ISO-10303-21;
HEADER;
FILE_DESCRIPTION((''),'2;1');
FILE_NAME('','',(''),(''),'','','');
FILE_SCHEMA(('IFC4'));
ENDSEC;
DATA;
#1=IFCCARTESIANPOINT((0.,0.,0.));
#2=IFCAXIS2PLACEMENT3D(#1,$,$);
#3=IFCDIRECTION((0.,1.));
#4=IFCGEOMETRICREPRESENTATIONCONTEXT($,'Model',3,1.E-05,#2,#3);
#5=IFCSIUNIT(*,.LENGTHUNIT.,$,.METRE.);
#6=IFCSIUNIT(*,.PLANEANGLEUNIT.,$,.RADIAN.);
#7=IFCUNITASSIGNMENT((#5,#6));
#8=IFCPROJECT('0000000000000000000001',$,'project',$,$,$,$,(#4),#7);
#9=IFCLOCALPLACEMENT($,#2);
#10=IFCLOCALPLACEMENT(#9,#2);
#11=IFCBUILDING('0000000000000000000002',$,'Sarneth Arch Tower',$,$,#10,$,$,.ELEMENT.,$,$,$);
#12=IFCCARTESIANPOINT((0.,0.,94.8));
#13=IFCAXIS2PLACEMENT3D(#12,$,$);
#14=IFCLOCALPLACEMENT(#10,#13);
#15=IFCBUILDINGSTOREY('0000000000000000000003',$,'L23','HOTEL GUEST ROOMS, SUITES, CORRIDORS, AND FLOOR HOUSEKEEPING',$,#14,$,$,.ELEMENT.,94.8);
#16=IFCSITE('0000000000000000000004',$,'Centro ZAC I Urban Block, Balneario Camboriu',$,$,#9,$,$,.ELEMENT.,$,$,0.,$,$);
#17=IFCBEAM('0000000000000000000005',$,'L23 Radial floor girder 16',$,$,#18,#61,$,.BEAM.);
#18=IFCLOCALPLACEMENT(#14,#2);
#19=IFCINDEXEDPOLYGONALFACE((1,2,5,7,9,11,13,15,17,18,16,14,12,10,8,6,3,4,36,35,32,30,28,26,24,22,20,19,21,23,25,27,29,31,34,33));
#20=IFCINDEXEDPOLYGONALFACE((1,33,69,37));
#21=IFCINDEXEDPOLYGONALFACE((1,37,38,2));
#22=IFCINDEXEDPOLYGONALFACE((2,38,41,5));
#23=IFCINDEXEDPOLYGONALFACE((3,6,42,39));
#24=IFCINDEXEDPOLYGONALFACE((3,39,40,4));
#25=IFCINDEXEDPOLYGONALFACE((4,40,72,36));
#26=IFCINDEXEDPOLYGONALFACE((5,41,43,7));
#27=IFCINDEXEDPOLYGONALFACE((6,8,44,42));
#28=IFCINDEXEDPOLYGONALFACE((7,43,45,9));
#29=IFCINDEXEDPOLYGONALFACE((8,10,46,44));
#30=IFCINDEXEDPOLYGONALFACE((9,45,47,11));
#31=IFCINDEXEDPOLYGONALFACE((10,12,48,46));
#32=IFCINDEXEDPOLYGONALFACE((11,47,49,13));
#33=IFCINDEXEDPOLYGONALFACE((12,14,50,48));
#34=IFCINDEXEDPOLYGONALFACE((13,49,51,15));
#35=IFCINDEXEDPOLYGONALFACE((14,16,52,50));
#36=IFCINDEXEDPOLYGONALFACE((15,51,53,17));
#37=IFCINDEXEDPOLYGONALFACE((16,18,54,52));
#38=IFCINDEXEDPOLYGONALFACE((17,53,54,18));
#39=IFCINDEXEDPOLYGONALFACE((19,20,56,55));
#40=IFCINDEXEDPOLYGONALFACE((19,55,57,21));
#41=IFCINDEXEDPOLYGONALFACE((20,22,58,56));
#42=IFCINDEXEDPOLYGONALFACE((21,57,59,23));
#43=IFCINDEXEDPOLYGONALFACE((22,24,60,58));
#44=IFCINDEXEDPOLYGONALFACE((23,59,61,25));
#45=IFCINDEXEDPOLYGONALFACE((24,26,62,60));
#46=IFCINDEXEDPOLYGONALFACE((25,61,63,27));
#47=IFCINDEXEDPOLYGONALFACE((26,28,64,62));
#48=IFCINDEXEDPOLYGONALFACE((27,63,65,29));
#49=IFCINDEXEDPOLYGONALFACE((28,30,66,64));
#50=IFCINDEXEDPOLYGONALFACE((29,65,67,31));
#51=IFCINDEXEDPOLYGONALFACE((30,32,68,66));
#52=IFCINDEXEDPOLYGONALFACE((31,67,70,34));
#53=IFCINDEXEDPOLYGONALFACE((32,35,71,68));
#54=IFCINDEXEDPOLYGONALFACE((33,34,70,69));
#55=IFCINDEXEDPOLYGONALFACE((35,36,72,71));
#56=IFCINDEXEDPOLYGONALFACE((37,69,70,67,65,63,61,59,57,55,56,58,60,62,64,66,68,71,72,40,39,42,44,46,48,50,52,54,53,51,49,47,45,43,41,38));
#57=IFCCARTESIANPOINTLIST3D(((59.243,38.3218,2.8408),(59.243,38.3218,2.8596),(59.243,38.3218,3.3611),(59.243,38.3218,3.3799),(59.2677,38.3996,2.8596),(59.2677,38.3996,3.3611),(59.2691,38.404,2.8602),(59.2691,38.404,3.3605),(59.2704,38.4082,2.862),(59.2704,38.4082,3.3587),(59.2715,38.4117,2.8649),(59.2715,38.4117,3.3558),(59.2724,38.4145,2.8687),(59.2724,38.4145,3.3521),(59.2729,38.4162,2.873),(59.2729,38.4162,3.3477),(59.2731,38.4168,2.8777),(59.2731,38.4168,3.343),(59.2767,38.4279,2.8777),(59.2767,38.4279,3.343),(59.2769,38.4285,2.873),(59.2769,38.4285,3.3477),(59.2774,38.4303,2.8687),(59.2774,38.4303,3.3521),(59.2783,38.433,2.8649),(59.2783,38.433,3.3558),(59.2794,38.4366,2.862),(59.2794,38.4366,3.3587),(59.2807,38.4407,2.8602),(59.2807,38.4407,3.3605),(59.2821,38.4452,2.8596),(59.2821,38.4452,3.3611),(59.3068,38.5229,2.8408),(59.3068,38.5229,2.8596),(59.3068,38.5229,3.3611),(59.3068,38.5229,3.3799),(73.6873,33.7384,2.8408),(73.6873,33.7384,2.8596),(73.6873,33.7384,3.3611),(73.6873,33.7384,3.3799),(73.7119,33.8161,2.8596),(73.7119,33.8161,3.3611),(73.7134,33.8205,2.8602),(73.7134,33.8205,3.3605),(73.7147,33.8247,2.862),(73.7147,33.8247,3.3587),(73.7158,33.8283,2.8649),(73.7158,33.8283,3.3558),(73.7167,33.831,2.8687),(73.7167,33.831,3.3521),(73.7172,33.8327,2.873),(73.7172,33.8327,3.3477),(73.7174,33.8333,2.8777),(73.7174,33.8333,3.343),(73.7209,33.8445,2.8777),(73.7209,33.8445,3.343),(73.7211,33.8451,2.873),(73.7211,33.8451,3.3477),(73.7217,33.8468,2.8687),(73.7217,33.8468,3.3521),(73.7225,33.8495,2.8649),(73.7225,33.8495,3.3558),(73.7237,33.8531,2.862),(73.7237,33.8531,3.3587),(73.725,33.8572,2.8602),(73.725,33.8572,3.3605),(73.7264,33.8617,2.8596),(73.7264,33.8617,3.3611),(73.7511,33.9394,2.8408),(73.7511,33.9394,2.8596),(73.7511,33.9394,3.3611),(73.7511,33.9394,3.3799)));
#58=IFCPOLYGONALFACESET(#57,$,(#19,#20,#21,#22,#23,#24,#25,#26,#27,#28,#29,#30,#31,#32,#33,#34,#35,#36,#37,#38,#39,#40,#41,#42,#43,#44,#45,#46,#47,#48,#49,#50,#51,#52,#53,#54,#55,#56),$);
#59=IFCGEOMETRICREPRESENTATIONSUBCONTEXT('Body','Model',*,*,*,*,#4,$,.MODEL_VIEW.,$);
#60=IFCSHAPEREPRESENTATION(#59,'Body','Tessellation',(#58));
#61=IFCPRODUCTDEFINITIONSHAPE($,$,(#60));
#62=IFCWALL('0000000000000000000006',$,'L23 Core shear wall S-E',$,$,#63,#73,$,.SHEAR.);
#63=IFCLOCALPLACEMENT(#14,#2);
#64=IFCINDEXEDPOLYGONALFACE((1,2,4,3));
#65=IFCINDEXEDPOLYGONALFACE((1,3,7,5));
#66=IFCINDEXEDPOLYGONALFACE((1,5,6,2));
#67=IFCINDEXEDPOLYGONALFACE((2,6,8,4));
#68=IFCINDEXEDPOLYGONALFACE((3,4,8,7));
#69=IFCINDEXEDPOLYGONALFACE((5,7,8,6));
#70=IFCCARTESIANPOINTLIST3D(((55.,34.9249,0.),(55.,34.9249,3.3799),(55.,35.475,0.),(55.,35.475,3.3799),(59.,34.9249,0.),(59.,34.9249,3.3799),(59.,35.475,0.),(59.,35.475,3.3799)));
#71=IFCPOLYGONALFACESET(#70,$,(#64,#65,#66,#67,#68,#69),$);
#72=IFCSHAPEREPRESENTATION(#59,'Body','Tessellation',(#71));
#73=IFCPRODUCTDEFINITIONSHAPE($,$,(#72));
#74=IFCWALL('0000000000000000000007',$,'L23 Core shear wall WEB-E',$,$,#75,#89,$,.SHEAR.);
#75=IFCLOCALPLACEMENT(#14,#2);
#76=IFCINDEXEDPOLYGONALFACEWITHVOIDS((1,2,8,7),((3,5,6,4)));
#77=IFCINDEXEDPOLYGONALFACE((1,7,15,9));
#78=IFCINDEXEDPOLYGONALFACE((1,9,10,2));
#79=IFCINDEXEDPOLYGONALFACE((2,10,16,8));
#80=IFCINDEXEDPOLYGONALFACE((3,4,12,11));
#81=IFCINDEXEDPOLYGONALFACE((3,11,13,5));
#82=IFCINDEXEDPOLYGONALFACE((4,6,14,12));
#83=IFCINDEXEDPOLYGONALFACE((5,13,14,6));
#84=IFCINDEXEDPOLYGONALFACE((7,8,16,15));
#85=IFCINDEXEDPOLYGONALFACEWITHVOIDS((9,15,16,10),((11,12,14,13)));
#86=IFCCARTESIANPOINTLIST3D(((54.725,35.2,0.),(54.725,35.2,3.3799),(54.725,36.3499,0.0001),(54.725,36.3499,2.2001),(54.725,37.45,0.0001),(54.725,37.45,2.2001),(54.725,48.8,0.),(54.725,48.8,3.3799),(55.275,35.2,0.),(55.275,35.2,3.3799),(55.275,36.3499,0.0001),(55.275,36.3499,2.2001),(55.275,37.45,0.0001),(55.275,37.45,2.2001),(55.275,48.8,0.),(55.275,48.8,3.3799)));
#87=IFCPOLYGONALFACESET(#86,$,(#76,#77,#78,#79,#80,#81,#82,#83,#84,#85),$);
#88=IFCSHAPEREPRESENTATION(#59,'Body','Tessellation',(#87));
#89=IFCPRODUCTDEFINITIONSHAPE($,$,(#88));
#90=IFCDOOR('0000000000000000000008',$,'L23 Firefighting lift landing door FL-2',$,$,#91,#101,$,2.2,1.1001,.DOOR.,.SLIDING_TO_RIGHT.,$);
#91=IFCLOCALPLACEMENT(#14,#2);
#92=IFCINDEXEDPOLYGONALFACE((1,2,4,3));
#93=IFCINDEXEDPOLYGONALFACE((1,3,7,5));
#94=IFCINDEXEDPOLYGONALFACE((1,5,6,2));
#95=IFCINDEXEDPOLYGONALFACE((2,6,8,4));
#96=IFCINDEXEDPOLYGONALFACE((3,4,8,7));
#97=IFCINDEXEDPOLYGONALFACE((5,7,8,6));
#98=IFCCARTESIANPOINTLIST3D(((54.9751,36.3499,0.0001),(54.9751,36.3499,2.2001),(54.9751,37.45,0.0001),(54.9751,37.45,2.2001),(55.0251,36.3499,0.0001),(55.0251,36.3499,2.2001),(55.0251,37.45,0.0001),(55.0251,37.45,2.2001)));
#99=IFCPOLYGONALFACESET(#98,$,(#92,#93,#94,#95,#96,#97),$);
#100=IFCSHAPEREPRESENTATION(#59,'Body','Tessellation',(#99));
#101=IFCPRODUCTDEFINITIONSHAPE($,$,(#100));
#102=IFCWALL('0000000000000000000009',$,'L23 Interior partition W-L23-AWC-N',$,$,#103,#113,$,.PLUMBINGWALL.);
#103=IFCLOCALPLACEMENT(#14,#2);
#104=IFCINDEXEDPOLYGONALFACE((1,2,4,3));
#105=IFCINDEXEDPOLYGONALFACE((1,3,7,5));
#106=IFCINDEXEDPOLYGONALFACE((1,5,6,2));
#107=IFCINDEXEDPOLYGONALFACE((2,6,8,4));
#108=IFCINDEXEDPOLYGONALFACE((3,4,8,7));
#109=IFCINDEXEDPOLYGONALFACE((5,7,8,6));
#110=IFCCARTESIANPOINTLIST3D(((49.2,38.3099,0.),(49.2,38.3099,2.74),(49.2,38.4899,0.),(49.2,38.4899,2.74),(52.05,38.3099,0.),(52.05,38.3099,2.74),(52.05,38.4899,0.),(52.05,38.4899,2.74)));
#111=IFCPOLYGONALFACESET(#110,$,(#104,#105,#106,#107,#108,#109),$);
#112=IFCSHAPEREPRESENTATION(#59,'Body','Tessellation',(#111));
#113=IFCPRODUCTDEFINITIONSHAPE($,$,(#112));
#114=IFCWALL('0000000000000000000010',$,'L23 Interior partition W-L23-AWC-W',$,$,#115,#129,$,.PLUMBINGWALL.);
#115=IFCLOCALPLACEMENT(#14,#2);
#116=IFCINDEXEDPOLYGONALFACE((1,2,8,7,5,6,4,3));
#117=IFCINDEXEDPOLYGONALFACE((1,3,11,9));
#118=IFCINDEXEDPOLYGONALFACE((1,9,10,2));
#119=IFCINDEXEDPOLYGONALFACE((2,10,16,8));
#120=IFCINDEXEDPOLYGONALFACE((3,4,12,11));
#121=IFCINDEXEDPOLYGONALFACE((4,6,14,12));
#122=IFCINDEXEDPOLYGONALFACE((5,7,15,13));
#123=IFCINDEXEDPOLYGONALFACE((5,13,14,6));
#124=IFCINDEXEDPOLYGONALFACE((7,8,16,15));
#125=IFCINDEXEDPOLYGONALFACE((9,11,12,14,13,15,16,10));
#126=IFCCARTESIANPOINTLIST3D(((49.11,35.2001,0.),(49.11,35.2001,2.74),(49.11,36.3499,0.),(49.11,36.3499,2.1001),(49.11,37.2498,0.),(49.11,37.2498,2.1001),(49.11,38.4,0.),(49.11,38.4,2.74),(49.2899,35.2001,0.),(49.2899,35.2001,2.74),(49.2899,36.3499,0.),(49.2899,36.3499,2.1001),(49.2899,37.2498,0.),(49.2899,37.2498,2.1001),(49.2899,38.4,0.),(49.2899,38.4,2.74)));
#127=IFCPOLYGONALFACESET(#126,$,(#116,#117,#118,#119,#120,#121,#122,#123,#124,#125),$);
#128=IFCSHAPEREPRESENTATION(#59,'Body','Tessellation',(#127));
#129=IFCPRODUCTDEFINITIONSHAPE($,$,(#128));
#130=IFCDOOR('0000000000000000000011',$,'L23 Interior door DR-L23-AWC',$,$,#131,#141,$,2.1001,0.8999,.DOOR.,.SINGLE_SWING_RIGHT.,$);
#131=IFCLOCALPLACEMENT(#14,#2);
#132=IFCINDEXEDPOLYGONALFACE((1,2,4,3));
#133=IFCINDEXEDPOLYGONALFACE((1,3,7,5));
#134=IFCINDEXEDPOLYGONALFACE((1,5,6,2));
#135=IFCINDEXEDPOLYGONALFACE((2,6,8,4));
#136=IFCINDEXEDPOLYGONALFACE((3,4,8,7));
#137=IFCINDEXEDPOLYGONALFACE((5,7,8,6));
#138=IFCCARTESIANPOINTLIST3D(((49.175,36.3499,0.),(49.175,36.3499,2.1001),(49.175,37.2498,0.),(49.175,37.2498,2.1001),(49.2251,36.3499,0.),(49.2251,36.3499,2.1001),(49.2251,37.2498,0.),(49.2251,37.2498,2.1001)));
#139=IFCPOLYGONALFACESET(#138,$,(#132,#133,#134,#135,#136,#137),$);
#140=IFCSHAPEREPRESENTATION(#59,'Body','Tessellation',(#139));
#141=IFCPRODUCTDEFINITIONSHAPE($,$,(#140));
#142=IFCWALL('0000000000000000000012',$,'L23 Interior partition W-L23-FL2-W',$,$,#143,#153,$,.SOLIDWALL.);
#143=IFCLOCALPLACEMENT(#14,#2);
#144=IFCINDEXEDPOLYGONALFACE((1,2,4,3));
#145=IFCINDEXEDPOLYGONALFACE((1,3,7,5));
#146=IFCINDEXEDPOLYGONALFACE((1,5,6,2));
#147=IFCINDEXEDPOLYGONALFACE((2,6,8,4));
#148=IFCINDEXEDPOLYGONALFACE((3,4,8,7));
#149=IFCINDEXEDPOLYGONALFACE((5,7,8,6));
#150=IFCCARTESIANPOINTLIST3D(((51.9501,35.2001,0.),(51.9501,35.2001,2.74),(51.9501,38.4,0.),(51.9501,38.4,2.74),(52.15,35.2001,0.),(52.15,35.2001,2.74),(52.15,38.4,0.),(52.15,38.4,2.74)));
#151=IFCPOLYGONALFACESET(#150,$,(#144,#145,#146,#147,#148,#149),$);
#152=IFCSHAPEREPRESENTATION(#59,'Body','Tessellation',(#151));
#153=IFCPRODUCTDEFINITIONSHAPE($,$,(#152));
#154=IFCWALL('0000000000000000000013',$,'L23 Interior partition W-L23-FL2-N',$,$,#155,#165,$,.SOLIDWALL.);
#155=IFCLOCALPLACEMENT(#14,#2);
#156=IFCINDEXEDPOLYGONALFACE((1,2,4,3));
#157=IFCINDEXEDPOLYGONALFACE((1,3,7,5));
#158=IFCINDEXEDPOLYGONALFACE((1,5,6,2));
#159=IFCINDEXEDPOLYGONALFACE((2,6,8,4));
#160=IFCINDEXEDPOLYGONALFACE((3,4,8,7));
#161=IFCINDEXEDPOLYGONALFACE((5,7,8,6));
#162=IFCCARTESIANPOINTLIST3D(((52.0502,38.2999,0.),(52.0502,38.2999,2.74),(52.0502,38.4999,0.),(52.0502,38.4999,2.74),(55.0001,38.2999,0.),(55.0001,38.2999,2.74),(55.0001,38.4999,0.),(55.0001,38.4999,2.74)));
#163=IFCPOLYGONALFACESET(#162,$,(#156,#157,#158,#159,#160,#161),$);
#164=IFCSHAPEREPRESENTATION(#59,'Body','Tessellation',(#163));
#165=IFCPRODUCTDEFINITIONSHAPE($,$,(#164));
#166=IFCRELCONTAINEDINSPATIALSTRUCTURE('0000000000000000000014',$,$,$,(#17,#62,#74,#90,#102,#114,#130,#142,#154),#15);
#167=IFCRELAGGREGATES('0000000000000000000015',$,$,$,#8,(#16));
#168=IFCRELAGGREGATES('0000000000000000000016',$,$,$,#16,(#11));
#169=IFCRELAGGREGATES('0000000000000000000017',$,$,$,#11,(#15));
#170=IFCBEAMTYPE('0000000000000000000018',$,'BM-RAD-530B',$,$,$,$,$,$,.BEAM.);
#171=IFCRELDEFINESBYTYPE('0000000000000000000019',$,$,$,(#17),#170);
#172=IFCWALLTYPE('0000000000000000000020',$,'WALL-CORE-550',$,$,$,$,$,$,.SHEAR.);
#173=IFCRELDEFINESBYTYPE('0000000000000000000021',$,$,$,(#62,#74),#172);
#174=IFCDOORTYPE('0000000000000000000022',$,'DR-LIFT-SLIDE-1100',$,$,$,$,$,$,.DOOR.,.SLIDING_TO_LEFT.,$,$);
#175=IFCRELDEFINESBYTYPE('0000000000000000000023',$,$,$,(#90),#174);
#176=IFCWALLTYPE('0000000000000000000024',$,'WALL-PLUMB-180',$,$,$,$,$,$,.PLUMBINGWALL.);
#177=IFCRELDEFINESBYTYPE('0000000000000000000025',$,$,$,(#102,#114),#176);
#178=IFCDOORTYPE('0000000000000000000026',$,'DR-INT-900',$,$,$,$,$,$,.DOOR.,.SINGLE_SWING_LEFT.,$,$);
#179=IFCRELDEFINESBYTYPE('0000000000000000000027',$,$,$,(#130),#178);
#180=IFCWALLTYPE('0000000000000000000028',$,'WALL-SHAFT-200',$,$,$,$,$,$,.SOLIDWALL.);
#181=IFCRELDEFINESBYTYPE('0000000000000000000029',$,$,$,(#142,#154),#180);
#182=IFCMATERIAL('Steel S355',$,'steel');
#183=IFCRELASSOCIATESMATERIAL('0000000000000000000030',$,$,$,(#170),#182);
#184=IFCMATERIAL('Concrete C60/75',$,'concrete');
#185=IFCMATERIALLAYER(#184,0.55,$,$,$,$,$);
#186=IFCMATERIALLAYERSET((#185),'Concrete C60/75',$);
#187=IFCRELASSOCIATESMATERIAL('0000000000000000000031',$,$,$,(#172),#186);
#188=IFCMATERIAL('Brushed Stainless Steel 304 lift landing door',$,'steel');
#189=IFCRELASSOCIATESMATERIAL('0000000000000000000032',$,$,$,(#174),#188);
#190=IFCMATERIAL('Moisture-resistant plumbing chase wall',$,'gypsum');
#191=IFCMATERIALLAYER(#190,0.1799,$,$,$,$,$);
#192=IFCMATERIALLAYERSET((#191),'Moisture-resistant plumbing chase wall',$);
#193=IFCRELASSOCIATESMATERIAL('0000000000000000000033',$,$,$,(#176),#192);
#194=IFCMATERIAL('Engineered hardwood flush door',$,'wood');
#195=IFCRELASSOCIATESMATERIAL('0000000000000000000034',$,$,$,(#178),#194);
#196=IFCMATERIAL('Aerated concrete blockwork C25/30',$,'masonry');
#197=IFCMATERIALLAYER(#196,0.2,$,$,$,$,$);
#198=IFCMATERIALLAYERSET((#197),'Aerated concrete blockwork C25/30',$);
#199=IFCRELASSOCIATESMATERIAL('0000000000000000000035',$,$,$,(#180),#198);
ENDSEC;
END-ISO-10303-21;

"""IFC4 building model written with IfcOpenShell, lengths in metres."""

from ifc_helpers import new_model, si_unit, direction, frame, frame_2d, origin, origin_2d, place, context, subcontext, project, spatial, rectangle, i_section, extrude, material, layer, layer_set, material_profile, profile_set, type_object, element, fill, save


model = new_model("IFC4")

# Units and contexts
model_context = context("Model", 3, precision=1e-05, world=origin(), true_north=direction((0.0, 1.0)))
body_context = subcontext(model_context, "Body", "Model", "MODEL_VIEW")
ifc_project = project(units=[si_unit("LENGTHUNIT", "METRE"), si_unit("PLANEANGLEUNIT", "RADIAN")], contexts=[model_context])

# Site, building, storey
site_placement = place(None, origin())
site = spatial("IfcSite", under=ifc_project, at=site_placement, Name="Centro ZAC I Urban Block, Balneario Camboriu", CompositionType="ELEMENT", RefElevation=0.0)
building_placement = place(site_placement, origin())
building = spatial("IfcBuilding", under=site, at=building_placement, Name="Sarneth Arch Tower", CompositionType="ELEMENT")
storey_placement = place(building_placement, frame((0.0, 0.0, 94.8)))
storey = spatial("IfcBuildingStorey", under=building, at=storey_placement, Name="L23", Description="HOTEL GUEST ROOMS, SUITES, CORRIDORS, AND FLOOR HOUSEKEEPING", CompositionType="ELEMENT", Elevation=94.8)

# Beam
ifc_material_1 = material(Name="Steel S355", Category="steel")
ifc_material_profile_1 = material_profile(ifc_material_1, i_section(OverallWidth=0.2109, OverallDepth=0.5391, WebThickness=0.0117, FlangeThickness=0.0188, FilletRadius=0.0181, at=origin_2d()), Name="W530x109")
ifc_profile_set_1 = profile_set([ifc_material_profile_1], Name="Steel S355")
beam_type_1 = type_object("IfcBeamType", Name="BM-RAD-530B", PredefinedType="BEAM", material=ifc_profile_set_1)
beam_1_placement = place(storey_placement, frame((59.2749, 38.4224, 3.1104), z_axis=(0.953162, -0.302459, 0.0), x_axis=(0.302459, 0.953162, 0.0)))
element("IfcBeam", 1, at=beam_1_placement, inside=storey, type_object=beam_type_1, Name="L23 Radial floor girder 16", PredefinedType="BEAM", context=body_context, shape_type="SweptSolid", body=[
    extrude(i_section(OverallWidth=0.2109, OverallDepth=0.5391, WebThickness=0.0117, FlangeThickness=0.0188, FilletRadius=0.0181, at=origin_2d()), origin(), (0.0, 0.0, 1.0), 15.1541),
])

# Wall
ifc_material_2 = material(Name="Concrete C60/75", Category="concrete")
ifc_layer_1 = layer(ifc_material_2, 0.55)
ifc_layer_set_1 = layer_set([ifc_layer_1], Name="Concrete C60/75")
wall_type_1 = type_object("IfcWallType", Name="WALL-CORE-550", PredefinedType="SHEAR", material=ifc_layer_set_1)
wall_1_placement = place(storey_placement, frame((55.0, 35.2, 0.0), z_axis=(0.0, 0.0, 1.0), x_axis=(1.0, 0.0, 0.0)))
element("IfcWall", 2, at=wall_1_placement, inside=storey, type_object=wall_type_1, Name="L23 Core shear wall S-E", PredefinedType="SHEAR", context=body_context, shape_type="SweptSolid", body=[
    extrude(rectangle(XDim=4.0, YDim=0.55, at=frame_2d((2.0, 0.0))), origin(), (0.0, 0.0, 1.0), 3.3799),
])

# Wall, opening, door
wall_2_placement = place(storey_placement, frame((55.0, 35.2, 0.0), z_axis=(0.0, 0.0, 1.0), x_axis=(0.0, 1.0, 0.0)))
wall_2 = element("IfcWall", 3, at=wall_2_placement, inside=storey, type_object=wall_type_1, Name="L23 Core shear wall WEB-E", PredefinedType="SHEAR", context=body_context, shape_type="SweptSolid", body=[
    extrude(rectangle(XDim=13.6001, YDim=0.55, at=frame_2d((6.8, 0.0))), origin(), (0.0, 0.0, 1.0), 3.3799),
])
opening_1_placement = place(wall_2_placement, frame((1.1499, 0.0, 0.0)))
opening_1 = element("IfcOpeningElement", 4, at=opening_1_placement, cuts=wall_2, PredefinedType="OPENING", context=body_context, shape_type="SweptSolid", body=[
    extrude(rectangle(XDim=1.1001, YDim=2.2, at=frame_2d((0.55, 1.1001))), frame((0.0, 0.2849, 0.0), z_axis=(0.0, -1.0, 0.0), x_axis=(1.0, 0.0, 0.0)), (0.0, 0.0, 1.0), 0.5701),
])
ifc_material_3 = material(Name="Brushed Stainless Steel 304 lift landing door", Category="steel")
door_type_1 = type_object("IfcDoorType", Name="DR-LIFT-SLIDE-1100", OperationType="SLIDING_TO_LEFT", PredefinedType="DOOR", material=ifc_material_3)
door_1_placement = place(opening_1_placement, origin())
door_1 = element("IfcDoor", 5, at=door_1_placement, inside=storey, type_object=door_type_1, Name="L23 Firefighting lift landing door FL-2", OperationType="SLIDING_TO_RIGHT", OverallHeight=2.2, OverallWidth=1.1001, PredefinedType="DOOR", context=body_context, shape_type="SweptSolid", body=[
    extrude(rectangle(XDim=1.1001, YDim=2.2, at=frame_2d((0.55, 1.1001))), frame((0.0, 0.0249, 0.0), z_axis=(0.0, -1.0, 0.0), x_axis=(1.0, 0.0, 0.0)), (0.0, 0.0, 1.0), 0.05),
])
fill(opening_1, door_1)

# Wall
ifc_material_4 = material(Name="Moisture-resistant plumbing chase wall", Category="gypsum")
ifc_layer_2 = layer(ifc_material_4, 0.1799)
ifc_layer_set_2 = layer_set([ifc_layer_2], Name="Moisture-resistant plumbing chase wall")
wall_type_2 = type_object("IfcWallType", Name="WALL-PLUMB-180", PredefinedType="PLUMBINGWALL", material=ifc_layer_set_2)
wall_3_placement = place(storey_placement, frame((49.2, 38.3999, 0.0), z_axis=(0.0, 0.0, 1.0), x_axis=(1.0, 0.0, 0.0)))
element("IfcWall", 6, at=wall_3_placement, inside=storey, type_object=wall_type_2, Name="L23 Interior partition W-L23-AWC-N", PredefinedType="PLUMBINGWALL", context=body_context, shape_type="SweptSolid", body=[
    extrude(rectangle(XDim=2.8501, YDim=0.1799, at=frame_2d((1.425, 0.0))), origin(), (0.0, 0.0, 1.0), 2.74),
])

# Wall, opening, door
wall_4_placement = place(storey_placement, frame((49.2, 35.2, 0.0), z_axis=(0.0, 0.0, 1.0), x_axis=(0.0, 1.0, 0.0)))
wall_4 = element("IfcWall", 7, at=wall_4_placement, inside=storey, type_object=wall_type_2, Name="L23 Interior partition W-L23-AWC-W", PredefinedType="PLUMBINGWALL", context=body_context, shape_type="SweptSolid", body=[
    extrude(rectangle(XDim=3.2, YDim=0.1799, at=frame_2d((1.6001, 0.0))), origin(), (0.0, 0.0, 1.0), 2.74),
])
opening_2_placement = place(wall_4_placement, frame((1.1499, 0.0, 0.0)))
opening_2 = element("IfcOpeningElement", 8, at=opening_2_placement, cuts=wall_4, PredefinedType="OPENING", context=body_context, shape_type="SweptSolid", body=[
    extrude(rectangle(XDim=0.8999, YDim=2.1001, at=frame_2d((0.45, 1.05))), frame((0.0, 0.0999, 0.0), z_axis=(0.0, -1.0, 0.0), x_axis=(1.0, 0.0, 0.0)), (0.0, 0.0, 1.0), 0.2),
])
ifc_material_5 = material(Name="Engineered hardwood flush door", Category="wood")
door_type_2 = type_object("IfcDoorType", Name="DR-INT-900", OperationType="SINGLE_SWING_LEFT", PredefinedType="DOOR", material=ifc_material_5)
door_2_placement = place(opening_2_placement, origin())
door_2 = element("IfcDoor", 9, at=door_2_placement, inside=storey, type_object=door_type_2, Name="L23 Interior door DR-L23-AWC", OperationType="SINGLE_SWING_RIGHT", OverallHeight=2.1001, OverallWidth=0.8999, PredefinedType="DOOR", context=body_context, shape_type="SweptSolid", body=[
    extrude(rectangle(XDim=0.8999, YDim=2.1001, at=frame_2d((0.45, 1.05))), frame((0.0, 0.0249, 0.0), z_axis=(0.0, -1.0, 0.0), x_axis=(1.0, 0.0, 0.0)), (0.0, 0.0, 1.0), 0.05),
])
fill(opening_2, door_2)
ifc_material_6 = material(Name="Aerated concrete blockwork C25/30", Category="masonry")
ifc_layer_3 = layer(ifc_material_6, 0.2)
ifc_layer_set_3 = layer_set([ifc_layer_3], Name="Aerated concrete blockwork C25/30")
wall_type_3 = type_object("IfcWallType", Name="WALL-SHAFT-200", PredefinedType="SOLIDWALL", material=ifc_layer_set_3)

# Walls
wall_5_placement = place(storey_placement, frame((52.05, 35.2, 0.0), z_axis=(0.0, 0.0, 1.0), x_axis=(0.0, 1.0, 0.0)))
element("IfcWall", 10, at=wall_5_placement, inside=storey, type_object=wall_type_3, Name="L23 Interior partition W-L23-FL2-W", PredefinedType="SOLIDWALL", context=body_context, shape_type="SweptSolid", body=[
    extrude(rectangle(XDim=3.2, YDim=0.2, at=frame_2d((1.6001, 0.0))), origin(), (0.0, 0.0, 1.0), 2.74),
])
wall_6_placement = place(storey_placement, frame((52.05, 38.3999, 0.0), z_axis=(0.0, 0.0, 1.0), x_axis=(1.0, 0.0, 0.0)))
element("IfcWall", 11, at=wall_6_placement, inside=storey, type_object=wall_type_3, Name="L23 Interior partition W-L23-FL2-N", PredefinedType="SOLIDWALL", context=body_context, shape_type="SweptSolid", body=[
    extrude(rectangle(XDim=2.95, YDim=0.2, at=frame_2d((1.4751, 0.0))), origin(), (0.0, 0.0, 1.0), 2.74),
])

save(model, "model.ifc")
